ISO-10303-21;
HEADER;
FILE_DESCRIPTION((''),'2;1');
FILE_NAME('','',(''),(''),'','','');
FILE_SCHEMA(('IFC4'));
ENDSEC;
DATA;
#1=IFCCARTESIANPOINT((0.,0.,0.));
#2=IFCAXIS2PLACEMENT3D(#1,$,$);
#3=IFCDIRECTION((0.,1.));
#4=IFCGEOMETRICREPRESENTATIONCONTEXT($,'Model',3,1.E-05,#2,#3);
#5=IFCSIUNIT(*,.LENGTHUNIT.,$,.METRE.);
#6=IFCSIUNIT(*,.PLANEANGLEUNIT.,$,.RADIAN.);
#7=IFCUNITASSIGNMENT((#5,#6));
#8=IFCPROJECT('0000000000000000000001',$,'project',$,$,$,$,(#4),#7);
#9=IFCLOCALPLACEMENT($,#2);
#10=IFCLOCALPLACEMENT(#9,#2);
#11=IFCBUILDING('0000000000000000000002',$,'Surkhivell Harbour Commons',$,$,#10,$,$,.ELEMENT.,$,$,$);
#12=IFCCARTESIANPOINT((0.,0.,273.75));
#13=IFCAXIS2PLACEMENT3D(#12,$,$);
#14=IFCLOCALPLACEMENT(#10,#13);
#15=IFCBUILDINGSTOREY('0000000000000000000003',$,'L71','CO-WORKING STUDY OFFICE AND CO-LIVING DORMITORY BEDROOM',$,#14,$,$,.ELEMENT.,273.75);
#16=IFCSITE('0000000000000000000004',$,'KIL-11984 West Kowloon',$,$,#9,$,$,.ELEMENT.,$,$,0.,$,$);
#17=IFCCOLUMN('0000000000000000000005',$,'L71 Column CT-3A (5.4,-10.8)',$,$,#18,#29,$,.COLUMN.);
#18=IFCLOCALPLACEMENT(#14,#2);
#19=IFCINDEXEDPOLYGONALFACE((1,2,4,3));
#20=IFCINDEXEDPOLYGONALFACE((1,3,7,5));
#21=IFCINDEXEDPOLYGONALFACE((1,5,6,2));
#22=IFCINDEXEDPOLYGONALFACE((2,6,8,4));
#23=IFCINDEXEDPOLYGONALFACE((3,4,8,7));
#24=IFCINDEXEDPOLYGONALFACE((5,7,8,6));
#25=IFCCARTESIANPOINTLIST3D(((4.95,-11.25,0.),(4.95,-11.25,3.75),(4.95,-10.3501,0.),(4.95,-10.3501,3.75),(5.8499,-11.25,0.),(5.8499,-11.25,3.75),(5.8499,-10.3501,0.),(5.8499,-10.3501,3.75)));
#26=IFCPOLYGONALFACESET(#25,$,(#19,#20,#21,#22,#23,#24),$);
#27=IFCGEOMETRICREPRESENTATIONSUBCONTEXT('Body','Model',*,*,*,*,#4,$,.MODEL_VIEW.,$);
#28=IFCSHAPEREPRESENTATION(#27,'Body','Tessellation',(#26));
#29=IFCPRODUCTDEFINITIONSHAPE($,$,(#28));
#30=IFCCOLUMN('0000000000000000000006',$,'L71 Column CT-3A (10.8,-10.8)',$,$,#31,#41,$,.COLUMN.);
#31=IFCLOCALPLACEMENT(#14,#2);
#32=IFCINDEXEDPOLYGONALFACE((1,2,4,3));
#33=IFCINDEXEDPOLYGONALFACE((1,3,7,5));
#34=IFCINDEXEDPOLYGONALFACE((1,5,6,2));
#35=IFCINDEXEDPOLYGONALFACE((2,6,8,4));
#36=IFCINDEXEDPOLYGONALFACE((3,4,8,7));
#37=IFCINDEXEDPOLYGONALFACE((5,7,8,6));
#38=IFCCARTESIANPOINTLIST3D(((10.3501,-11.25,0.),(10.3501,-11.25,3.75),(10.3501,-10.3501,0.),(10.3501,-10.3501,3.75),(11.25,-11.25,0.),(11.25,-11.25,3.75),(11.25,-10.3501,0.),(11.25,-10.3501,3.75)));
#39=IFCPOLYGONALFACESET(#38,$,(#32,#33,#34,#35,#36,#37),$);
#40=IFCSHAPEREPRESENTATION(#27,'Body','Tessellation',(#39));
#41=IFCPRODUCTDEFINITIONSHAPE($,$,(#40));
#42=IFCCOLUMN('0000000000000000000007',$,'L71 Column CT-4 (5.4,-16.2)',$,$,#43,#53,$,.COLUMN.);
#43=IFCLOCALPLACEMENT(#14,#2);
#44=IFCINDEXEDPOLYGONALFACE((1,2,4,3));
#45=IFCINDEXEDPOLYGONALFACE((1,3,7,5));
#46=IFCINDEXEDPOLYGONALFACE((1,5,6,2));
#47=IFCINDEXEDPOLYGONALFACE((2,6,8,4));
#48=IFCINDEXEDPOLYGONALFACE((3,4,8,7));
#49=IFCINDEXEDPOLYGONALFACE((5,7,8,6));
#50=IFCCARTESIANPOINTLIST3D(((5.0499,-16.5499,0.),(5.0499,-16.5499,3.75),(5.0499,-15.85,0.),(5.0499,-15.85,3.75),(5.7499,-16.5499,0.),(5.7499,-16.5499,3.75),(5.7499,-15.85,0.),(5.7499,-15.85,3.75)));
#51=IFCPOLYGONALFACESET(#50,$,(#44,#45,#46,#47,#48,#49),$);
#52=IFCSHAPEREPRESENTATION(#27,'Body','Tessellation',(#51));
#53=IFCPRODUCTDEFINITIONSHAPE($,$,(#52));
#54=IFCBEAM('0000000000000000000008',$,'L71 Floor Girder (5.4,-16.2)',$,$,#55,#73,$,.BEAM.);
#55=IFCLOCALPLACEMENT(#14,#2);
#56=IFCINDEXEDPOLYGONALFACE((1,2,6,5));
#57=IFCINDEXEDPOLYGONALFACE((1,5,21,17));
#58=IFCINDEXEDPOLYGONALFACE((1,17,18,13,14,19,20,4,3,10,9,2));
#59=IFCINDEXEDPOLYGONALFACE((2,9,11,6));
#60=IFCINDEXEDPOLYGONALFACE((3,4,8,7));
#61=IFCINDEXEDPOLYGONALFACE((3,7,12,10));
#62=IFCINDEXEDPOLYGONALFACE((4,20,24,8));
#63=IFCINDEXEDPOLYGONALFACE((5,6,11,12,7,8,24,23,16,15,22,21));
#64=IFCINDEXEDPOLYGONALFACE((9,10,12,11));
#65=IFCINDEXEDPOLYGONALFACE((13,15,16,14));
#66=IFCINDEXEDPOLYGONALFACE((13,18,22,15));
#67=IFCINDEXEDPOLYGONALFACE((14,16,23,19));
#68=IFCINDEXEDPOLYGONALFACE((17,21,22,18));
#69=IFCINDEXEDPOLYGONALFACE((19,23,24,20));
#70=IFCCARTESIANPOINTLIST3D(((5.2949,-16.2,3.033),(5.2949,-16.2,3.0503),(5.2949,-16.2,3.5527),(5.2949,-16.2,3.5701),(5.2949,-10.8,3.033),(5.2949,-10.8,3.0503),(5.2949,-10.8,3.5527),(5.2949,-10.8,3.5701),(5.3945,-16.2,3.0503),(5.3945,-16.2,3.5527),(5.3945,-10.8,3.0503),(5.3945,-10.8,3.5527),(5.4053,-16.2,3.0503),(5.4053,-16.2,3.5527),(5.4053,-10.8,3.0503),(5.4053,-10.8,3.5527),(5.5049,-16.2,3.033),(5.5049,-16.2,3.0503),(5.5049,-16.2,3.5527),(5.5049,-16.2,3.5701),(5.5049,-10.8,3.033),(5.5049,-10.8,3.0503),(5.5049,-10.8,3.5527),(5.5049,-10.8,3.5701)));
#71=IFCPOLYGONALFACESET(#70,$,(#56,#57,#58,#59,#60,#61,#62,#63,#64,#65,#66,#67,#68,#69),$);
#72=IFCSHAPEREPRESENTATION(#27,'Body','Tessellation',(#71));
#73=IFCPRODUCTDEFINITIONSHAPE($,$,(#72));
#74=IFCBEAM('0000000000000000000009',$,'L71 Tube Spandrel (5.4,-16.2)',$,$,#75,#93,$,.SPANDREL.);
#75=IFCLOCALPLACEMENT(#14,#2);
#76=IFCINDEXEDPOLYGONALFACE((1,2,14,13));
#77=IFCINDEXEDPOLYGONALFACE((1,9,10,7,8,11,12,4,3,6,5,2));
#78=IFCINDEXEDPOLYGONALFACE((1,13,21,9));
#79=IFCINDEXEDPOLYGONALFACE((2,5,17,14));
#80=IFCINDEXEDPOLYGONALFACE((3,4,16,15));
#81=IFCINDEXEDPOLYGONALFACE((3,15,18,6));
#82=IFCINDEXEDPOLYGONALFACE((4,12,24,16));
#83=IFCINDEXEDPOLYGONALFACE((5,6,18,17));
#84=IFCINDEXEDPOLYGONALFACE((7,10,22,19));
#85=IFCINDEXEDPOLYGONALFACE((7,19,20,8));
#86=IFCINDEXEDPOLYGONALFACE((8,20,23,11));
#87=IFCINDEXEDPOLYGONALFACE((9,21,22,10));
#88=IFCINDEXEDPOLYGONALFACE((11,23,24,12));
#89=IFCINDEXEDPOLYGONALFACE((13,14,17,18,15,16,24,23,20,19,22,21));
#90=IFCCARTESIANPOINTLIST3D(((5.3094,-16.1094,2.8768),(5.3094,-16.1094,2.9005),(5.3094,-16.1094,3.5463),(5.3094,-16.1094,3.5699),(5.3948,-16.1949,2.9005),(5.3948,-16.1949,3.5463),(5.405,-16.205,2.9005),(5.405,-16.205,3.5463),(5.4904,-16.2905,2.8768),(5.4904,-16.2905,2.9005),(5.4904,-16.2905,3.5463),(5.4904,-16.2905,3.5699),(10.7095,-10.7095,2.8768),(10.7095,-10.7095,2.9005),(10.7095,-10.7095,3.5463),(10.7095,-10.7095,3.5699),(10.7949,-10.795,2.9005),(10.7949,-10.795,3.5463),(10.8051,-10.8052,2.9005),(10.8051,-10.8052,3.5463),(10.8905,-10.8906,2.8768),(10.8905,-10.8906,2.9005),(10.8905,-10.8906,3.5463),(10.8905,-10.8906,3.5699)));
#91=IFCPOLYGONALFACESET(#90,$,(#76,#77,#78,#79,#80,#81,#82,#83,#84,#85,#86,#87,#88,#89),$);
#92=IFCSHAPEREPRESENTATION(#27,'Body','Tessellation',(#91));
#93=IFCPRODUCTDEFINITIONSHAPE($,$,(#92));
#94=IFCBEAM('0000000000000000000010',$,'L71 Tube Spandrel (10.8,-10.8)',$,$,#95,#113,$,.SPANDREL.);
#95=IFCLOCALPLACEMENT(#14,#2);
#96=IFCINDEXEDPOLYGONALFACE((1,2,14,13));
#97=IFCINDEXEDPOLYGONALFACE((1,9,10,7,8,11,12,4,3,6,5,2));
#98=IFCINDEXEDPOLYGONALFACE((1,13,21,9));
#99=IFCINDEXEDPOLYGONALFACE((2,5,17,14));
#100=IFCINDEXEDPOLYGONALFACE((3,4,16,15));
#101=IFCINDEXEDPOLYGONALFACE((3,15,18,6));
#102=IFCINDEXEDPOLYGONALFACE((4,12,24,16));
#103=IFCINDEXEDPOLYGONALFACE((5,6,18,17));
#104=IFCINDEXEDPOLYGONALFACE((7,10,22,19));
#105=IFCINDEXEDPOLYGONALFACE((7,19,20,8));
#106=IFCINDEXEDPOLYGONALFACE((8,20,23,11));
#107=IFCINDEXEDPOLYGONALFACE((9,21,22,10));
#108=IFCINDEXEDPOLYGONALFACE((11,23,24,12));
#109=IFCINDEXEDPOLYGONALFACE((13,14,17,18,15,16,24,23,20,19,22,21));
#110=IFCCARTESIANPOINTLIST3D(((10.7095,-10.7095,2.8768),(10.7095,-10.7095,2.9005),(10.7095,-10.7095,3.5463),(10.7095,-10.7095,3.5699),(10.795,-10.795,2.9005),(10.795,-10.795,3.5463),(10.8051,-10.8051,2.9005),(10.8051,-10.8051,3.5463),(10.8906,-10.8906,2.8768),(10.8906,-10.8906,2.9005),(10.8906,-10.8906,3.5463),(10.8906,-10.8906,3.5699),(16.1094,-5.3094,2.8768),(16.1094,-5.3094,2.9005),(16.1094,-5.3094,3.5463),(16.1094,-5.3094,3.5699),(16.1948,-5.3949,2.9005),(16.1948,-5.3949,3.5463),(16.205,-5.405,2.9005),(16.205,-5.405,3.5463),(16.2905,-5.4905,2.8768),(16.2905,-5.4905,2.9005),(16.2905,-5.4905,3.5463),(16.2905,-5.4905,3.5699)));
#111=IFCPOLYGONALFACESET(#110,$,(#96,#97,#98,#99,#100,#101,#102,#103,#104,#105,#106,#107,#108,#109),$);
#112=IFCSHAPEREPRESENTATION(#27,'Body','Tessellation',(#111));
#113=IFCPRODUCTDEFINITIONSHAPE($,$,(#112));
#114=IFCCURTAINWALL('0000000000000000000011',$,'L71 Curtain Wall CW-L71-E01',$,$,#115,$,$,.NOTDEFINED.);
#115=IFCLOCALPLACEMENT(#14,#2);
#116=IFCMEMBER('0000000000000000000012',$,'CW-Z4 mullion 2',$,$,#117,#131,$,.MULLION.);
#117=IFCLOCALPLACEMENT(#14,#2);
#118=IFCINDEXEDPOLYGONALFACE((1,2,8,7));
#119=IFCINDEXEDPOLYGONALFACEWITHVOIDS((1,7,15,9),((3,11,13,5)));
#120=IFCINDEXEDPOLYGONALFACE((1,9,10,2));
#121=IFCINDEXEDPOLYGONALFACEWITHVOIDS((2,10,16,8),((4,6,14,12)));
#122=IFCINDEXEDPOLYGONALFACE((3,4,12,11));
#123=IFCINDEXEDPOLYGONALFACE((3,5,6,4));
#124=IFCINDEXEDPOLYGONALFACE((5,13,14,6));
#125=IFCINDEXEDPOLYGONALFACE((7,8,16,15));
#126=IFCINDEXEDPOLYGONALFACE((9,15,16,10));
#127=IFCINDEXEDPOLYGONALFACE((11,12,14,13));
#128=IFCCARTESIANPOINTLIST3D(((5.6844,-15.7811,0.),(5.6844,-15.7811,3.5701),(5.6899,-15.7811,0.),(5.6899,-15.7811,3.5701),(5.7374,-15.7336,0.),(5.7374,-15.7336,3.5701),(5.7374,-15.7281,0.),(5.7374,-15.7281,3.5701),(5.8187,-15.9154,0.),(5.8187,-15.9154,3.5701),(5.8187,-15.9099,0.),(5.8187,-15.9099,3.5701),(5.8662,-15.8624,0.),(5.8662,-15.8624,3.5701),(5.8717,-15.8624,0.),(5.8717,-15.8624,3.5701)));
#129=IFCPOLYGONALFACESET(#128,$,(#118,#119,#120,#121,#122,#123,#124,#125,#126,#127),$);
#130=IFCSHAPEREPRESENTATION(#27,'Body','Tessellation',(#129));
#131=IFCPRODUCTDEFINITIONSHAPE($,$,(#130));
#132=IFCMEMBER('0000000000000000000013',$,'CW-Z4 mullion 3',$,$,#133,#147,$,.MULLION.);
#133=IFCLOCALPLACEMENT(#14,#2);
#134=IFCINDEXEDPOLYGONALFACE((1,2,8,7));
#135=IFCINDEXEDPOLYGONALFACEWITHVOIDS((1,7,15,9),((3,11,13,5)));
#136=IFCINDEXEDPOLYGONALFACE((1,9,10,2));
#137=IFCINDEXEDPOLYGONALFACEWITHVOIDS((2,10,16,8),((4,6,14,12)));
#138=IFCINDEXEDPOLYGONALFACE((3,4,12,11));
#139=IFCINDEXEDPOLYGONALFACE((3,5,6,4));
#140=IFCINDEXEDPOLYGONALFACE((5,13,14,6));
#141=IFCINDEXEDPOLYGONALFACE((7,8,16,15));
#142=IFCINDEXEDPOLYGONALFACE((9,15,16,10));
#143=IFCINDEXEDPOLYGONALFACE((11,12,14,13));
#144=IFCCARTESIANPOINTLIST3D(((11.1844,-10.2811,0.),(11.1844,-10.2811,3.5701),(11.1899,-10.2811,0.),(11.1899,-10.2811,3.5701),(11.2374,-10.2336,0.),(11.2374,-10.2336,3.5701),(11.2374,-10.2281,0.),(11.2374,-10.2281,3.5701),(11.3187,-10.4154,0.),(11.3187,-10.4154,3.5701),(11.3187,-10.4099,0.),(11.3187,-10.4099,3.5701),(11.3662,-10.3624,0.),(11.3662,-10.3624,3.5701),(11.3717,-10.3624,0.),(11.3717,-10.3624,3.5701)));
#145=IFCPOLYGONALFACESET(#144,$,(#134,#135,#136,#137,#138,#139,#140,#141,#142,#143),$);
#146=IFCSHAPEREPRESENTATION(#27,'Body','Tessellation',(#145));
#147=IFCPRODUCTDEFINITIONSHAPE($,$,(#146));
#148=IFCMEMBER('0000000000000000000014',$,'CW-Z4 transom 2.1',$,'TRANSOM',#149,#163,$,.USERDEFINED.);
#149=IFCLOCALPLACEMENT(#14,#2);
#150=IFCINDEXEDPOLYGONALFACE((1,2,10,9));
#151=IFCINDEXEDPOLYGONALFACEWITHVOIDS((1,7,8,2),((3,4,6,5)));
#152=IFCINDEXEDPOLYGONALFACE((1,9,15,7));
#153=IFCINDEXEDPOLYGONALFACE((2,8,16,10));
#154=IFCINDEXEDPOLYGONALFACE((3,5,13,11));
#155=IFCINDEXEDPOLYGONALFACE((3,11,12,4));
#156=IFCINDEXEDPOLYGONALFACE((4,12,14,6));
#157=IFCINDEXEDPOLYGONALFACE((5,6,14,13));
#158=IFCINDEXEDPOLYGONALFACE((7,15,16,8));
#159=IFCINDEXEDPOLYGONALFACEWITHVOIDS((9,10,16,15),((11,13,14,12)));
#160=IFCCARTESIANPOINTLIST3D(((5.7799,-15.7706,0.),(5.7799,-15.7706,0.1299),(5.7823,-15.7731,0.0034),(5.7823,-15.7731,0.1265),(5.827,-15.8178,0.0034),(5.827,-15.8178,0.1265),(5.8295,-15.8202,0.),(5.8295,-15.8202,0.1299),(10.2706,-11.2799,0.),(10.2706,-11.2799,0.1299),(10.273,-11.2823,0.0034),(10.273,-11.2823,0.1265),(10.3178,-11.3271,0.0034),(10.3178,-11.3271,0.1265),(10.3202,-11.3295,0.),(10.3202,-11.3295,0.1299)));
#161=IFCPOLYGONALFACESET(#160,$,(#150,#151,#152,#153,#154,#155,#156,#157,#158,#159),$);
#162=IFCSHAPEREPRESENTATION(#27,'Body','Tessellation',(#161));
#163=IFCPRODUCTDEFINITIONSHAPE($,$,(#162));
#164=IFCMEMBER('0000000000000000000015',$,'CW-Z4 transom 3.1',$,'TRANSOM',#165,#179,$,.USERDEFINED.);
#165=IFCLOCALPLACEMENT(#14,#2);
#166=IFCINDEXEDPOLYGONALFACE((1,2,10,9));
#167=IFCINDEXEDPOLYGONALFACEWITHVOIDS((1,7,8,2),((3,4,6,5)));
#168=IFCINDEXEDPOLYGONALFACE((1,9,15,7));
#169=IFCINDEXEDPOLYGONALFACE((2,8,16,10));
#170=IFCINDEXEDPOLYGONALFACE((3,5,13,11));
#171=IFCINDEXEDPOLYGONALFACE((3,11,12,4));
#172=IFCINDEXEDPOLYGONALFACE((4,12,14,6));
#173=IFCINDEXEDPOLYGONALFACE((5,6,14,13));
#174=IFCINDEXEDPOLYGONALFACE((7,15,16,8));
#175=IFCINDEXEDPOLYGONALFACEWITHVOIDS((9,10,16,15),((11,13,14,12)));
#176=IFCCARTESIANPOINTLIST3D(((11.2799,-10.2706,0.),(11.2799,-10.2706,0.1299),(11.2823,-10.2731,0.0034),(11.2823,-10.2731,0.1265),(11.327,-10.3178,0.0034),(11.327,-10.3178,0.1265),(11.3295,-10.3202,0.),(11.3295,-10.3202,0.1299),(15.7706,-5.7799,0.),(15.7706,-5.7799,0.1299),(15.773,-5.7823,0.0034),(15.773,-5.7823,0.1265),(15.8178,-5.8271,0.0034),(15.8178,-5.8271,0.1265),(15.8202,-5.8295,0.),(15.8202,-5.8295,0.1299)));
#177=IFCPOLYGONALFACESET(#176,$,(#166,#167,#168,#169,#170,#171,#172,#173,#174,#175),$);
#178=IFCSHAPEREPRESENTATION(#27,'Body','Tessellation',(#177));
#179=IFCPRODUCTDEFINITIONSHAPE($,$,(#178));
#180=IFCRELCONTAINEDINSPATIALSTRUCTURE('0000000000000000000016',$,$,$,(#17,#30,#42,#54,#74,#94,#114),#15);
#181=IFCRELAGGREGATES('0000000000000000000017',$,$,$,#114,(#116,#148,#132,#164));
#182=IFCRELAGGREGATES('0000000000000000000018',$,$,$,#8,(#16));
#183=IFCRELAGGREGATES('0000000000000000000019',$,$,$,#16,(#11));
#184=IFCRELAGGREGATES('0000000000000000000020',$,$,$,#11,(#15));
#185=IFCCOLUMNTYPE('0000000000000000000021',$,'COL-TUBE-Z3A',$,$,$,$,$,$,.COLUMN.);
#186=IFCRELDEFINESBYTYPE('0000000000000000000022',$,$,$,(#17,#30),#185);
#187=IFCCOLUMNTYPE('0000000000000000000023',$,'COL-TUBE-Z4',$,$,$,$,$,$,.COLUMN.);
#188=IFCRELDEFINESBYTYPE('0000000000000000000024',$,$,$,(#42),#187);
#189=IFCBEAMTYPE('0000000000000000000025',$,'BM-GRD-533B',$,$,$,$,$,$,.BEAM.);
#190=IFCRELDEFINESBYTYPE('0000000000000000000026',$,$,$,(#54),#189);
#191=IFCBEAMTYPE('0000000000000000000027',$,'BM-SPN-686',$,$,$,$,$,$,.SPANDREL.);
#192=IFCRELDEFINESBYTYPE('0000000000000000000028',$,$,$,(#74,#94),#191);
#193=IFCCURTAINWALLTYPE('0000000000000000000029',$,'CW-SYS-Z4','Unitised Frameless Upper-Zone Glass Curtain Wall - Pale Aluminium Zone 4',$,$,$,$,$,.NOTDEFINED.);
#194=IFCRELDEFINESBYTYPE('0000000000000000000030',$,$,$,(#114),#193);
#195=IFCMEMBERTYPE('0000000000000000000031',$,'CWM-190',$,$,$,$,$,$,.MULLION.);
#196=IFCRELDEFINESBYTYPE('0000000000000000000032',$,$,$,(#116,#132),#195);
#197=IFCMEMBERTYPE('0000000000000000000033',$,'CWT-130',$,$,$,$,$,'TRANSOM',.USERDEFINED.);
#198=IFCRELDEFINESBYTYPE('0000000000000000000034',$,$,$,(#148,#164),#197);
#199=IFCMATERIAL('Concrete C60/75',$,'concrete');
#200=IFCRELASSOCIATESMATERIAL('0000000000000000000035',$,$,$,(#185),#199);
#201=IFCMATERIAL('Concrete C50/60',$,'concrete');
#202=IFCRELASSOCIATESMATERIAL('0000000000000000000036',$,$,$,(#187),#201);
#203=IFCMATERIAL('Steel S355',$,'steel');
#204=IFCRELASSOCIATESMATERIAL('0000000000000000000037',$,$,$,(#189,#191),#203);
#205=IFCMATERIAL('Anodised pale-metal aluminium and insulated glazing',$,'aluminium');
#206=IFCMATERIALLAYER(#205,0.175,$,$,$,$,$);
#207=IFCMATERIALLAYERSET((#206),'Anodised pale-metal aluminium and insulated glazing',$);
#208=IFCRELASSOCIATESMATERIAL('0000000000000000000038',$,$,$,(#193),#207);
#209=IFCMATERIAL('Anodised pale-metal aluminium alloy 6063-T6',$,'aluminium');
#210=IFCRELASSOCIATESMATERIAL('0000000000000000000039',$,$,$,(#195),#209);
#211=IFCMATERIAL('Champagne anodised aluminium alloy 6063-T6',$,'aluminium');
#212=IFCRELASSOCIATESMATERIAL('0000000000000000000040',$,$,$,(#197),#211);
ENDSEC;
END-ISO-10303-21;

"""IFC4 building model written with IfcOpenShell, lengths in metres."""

from ifc_helpers import new_model, si_unit, direction, frame, origin, origin_2d, place, context, subcontext, project, spatial, rectangle, hollow_rectangle, i_section, extrude, material, layer, layer_set, material_profile, profile_set, type_object, element, aggregate, save


model = new_model("IFC4")

# Units and contexts
model_context = context("Model", 3, precision=1e-05, world=origin(), true_north=direction((0.0, 1.0)))
body_context = subcontext(model_context, "Body", "Model", "MODEL_VIEW")
ifc_project = project(units=[si_unit("LENGTHUNIT", "METRE"), si_unit("PLANEANGLEUNIT", "RADIAN")], contexts=[model_context])

# Site, building, storey
site_placement = place(None, origin())
site = spatial("IfcSite", under=ifc_project, at=site_placement, Name="KIL-11984 West Kowloon", CompositionType="ELEMENT", RefElevation=0.0)
building_placement = place(site_placement, origin())
building = spatial("IfcBuilding", under=site, at=building_placement, Name="Surkhivell Harbour Commons", CompositionType="ELEMENT")
storey_placement = place(building_placement, frame((0.0, 0.0, 273.75)))
storey = spatial("IfcBuildingStorey", under=building, at=storey_placement, Name="L71", Description="CO-WORKING STUDY OFFICE AND CO-LIVING DORMITORY BEDROOM", CompositionType="ELEMENT", Elevation=273.75)

# Columns
ifc_material_1 = material(Name="Concrete C60/75", Category="concrete")
ifc_material_profile_1 = material_profile(ifc_material_1, rectangle(XDim=0.8999, YDim=0.8999, at=origin_2d()), Name="RC-COL-900x900")
ifc_profile_set_1 = profile_set([ifc_material_profile_1], Name="Concrete C60/75")
column_type_1 = type_object("IfcColumnType", Name="COL-TUBE-Z3A", PredefinedType="COLUMN", material=ifc_profile_set_1)
for number, where, z_axis, x_axis, name in (
    (1, (5.3999, -10.8, 0.0), (0.0, 0.0, 1.0), (1.0, 0.0, 0.0), "L71 Column CT-3A (5.4,-10.8)"),
    (2, (10.8, -10.8, 0.0), (0.0, 0.0, 1.0), (1.0, 0.0, 0.0), "L71 Column CT-3A (10.8,-10.8)"),
):
    element("IfcColumn", number, at=place(storey_placement, frame(where, z_axis=z_axis, x_axis=x_axis)), inside=storey, type_object=column_type_1, Name=name, PredefinedType="COLUMN", context=body_context, shape_type="SweptSolid", body=[
        extrude(rectangle(XDim=0.8999, YDim=0.8999, at=origin_2d()), origin(), (0.0, 0.0, 1.0), 3.75),
    ])
ifc_material_2 = material(Name="Concrete C50/60", Category="concrete")
ifc_material_profile_2 = material_profile(ifc_material_2, rectangle(XDim=0.7, YDim=0.7, at=origin_2d()), Name="RC-COL-700x700")
ifc_profile_set_2 = profile_set([ifc_material_profile_2], Name="Concrete C50/60")
column_type_2 = type_object("IfcColumnType", Name="COL-TUBE-Z4", PredefinedType="COLUMN", material=ifc_profile_set_2)
column_placement = place(storey_placement, frame((5.3999, -16.2, 0.0), z_axis=(0.0, 0.0, 1.0), x_axis=(1.0, 0.0, 0.0)))
element("IfcColumn", 3, at=column_placement, inside=storey, type_object=column_type_2, Name="L71 Column CT-4 (5.4,-16.2)", PredefinedType="COLUMN", context=body_context, shape_type="SweptSolid", body=[
    extrude(rectangle(XDim=0.7, YDim=0.7, at=origin_2d()), origin(), (0.0, 0.0, 1.0), 3.75),
])

# Beams
ifc_material_3 = material(Name="Steel S355", Category="steel")
ifc_material_profile_3 = material_profile(ifc_material_3, i_section(OverallWidth=0.21, OverallDepth=0.5371, WebThickness=0.0107, FlangeThickness=0.0173, at=origin_2d()), Name="UB533x210x101")
ifc_profile_set_3 = profile_set([ifc_material_profile_3], Name="Steel S355")
beam_type_1 = type_object("IfcBeamType", Name="BM-GRD-533B", PredefinedType="BEAM", material=ifc_profile_set_3)
beam_placement = place(storey_placement, frame((5.3999, -16.2, 3.3015), z_axis=(0.0, 1.0, 0.0), x_axis=(-1.0, 0.0, 0.0)))
element("IfcBeam", 4, at=beam_placement, inside=storey, type_object=beam_type_1, Name="L71 Floor Girder (5.4,-16.2)", PredefinedType="BEAM", context=body_context, shape_type="SweptSolid", body=[
    extrude(i_section(OverallWidth=0.21, OverallDepth=0.5371, WebThickness=0.0107, FlangeThickness=0.0173, at=origin_2d()), origin(), (0.0, 0.0, 1.0), 5.3999),
])
ifc_material_profile_4 = material_profile(ifc_material_3, i_section(OverallWidth=0.2561, OverallDepth=0.6931, WebThickness=0.0144, FlangeThickness=0.0237, at=origin_2d()), Name="UB686x254x170")
ifc_profile_set_4 = profile_set([ifc_material_profile_4], Name="Steel S355")
beam_type_2 = type_object("IfcBeamType", Name="BM-SPN-686", PredefinedType="SPANDREL", material=ifc_profile_set_4)
for number, where, z_axis, x_axis, name in (
    (5, (5.3999, -16.2, 3.2234), (0.707123, 0.707091, 0.0), (-0.707091, 0.707123, 0.0), "L71 Tube Spandrel (5.4,-16.2)"),
    (6, (10.8, -10.8, 3.2234), (0.707091, 0.707123, 0.0), (-0.707123, 0.707091, 0.0), "L71 Tube Spandrel (10.8,-10.8)"),
):
    element("IfcBeam", number, at=place(storey_placement, frame(where, z_axis=z_axis, x_axis=x_axis)), inside=storey, type_object=beam_type_2, Name=name, PredefinedType="SPANDREL", context=body_context, shape_type="SweptSolid", body=[
        extrude(i_section(OverallWidth=0.2561, OverallDepth=0.6931, WebThickness=0.0144, FlangeThickness=0.0237, at=origin_2d()), origin(), (0.0, 0.0, 1.0), 7.6367),
    ])

# Curtain wall, members
ifc_material_4 = material(Name="Anodised pale-metal aluminium and insulated glazing", Category="aluminium")
ifc_layer_1 = layer(ifc_material_4, 0.175)
ifc_layer_set_1 = layer_set([ifc_layer_1], Name="Anodised pale-metal aluminium and insulated glazing")
curtain_wall_type = type_object("IfcCurtainWallType", Name="CW-SYS-Z4", Description="Unitised Frameless Upper-Zone Glass Curtain Wall - Pale Aluminium Zone 4", PredefinedType="NOTDEFINED", material=ifc_layer_set_1)
curtain_wall_placement = place(storey_placement, origin())
curtain_wall = element("IfcCurtainWall", 7, at=curtain_wall_placement, inside=storey, type_object=curtain_wall_type, Name="L71 Curtain Wall CW-L71-E01", PredefinedType="NOTDEFINED")
ifc_material_5 = material(Name="Anodised pale-metal aluminium alloy 6063-T6", Category="aluminium")
ifc_material_profile_5 = material_profile(ifc_material_5, hollow_rectangle(XDim=0.075, YDim=0.1899, WallThickness=0.0039, at=origin_2d()), Name="ALU-MULL-75x190")
ifc_profile_set_5 = profile_set([ifc_material_profile_5], Name="Anodised pale-metal aluminium alloy 6063-T6")
member_type_1 = type_object("IfcMemberType", Name="CWM-190", PredefinedType="MULLION", material=ifc_profile_set_5)
member_1_placement = place(storey_placement, frame((5.7781, -15.8218, 0.0), z_axis=(0.0, 0.0, 1.0), x_axis=(0.707107, 0.707107, 0.0)))
member_1 = element("IfcMember", 8, at=member_1_placement, type_object=member_type_1, Name="CW-Z4 mullion 2", PredefinedType="MULLION", context=body_context, shape_type="SweptSolid", body=[
    extrude(hollow_rectangle(XDim=0.075, YDim=0.1899, WallThickness=0.0039, at=origin_2d()), origin(), (0.0, 0.0, 1.0), 3.5701),
])
member_2_placement = place(storey_placement, frame((11.2781, -10.3218, 0.0), z_axis=(0.0, 0.0, 1.0), x_axis=(0.707107, 0.707107, 0.0)))
member_2 = element("IfcMember", 9, at=member_2_placement, type_object=member_type_1, Name="CW-Z4 mullion 3", PredefinedType="MULLION", context=body_context, shape_type="SweptSolid", body=[
    extrude(hollow_rectangle(XDim=0.075, YDim=0.1899, WallThickness=0.0039, at=origin_2d()), origin(), (0.0, 0.0, 1.0), 3.5701),
])
ifc_material_6 = material(Name="Champagne anodised aluminium alloy 6063-T6", Category="aluminium")
ifc_material_profile_6 = material_profile(ifc_material_6, hollow_rectangle(XDim=0.0701, YDim=0.1299, WallThickness=0.0034, at=origin_2d()), Name="ALU-TRAN-70x130")
ifc_profile_set_6 = profile_set([ifc_material_profile_6], Name="Champagne anodised aluminium alloy 6063-T6")
member_type_2 = type_object("IfcMemberType", Name="CWT-130", ElementType="TRANSOM", PredefinedType="USERDEFINED", material=ifc_profile_set_6)
member_3_placement = place(storey_placement, frame((5.8047, -15.7954, 0.0649), z_axis=(0.707107, 0.707107, 0.0), x_axis=(-0.707107, 0.707107, 0.0)))
member_3 = element("IfcMember", 10, at=member_3_placement, type_object=member_type_2, Name="CW-Z4 transom 2.1", ObjectType="TRANSOM", PredefinedType="USERDEFINED", context=body_context, shape_type="SweptSolid", body=[
    extrude(hollow_rectangle(XDim=0.0701, YDim=0.1299, WallThickness=0.0034, at=origin_2d()), origin(), (0.0, 0.0, 1.0), 6.3508),
])
member_4_placement = place(storey_placement, frame((11.3047, -10.2954, 0.0649), z_axis=(0.707107, 0.707107, 0.0), x_axis=(-0.707107, 0.707107, 0.0)))
member_4 = element("IfcMember", 11, at=member_4_placement, type_object=member_type_2, Name="CW-Z4 transom 3.1", ObjectType="TRANSOM", PredefinedType="USERDEFINED", context=body_context, shape_type="SweptSolid", body=[
    extrude(hollow_rectangle(XDim=0.0701, YDim=0.1299, WallThickness=0.0034, at=origin_2d()), origin(), (0.0, 0.0, 1.0), 6.3508),
])
aggregate(curtain_wall, [member_1, member_3, member_2, member_4])

save(model, "model.ifc")
